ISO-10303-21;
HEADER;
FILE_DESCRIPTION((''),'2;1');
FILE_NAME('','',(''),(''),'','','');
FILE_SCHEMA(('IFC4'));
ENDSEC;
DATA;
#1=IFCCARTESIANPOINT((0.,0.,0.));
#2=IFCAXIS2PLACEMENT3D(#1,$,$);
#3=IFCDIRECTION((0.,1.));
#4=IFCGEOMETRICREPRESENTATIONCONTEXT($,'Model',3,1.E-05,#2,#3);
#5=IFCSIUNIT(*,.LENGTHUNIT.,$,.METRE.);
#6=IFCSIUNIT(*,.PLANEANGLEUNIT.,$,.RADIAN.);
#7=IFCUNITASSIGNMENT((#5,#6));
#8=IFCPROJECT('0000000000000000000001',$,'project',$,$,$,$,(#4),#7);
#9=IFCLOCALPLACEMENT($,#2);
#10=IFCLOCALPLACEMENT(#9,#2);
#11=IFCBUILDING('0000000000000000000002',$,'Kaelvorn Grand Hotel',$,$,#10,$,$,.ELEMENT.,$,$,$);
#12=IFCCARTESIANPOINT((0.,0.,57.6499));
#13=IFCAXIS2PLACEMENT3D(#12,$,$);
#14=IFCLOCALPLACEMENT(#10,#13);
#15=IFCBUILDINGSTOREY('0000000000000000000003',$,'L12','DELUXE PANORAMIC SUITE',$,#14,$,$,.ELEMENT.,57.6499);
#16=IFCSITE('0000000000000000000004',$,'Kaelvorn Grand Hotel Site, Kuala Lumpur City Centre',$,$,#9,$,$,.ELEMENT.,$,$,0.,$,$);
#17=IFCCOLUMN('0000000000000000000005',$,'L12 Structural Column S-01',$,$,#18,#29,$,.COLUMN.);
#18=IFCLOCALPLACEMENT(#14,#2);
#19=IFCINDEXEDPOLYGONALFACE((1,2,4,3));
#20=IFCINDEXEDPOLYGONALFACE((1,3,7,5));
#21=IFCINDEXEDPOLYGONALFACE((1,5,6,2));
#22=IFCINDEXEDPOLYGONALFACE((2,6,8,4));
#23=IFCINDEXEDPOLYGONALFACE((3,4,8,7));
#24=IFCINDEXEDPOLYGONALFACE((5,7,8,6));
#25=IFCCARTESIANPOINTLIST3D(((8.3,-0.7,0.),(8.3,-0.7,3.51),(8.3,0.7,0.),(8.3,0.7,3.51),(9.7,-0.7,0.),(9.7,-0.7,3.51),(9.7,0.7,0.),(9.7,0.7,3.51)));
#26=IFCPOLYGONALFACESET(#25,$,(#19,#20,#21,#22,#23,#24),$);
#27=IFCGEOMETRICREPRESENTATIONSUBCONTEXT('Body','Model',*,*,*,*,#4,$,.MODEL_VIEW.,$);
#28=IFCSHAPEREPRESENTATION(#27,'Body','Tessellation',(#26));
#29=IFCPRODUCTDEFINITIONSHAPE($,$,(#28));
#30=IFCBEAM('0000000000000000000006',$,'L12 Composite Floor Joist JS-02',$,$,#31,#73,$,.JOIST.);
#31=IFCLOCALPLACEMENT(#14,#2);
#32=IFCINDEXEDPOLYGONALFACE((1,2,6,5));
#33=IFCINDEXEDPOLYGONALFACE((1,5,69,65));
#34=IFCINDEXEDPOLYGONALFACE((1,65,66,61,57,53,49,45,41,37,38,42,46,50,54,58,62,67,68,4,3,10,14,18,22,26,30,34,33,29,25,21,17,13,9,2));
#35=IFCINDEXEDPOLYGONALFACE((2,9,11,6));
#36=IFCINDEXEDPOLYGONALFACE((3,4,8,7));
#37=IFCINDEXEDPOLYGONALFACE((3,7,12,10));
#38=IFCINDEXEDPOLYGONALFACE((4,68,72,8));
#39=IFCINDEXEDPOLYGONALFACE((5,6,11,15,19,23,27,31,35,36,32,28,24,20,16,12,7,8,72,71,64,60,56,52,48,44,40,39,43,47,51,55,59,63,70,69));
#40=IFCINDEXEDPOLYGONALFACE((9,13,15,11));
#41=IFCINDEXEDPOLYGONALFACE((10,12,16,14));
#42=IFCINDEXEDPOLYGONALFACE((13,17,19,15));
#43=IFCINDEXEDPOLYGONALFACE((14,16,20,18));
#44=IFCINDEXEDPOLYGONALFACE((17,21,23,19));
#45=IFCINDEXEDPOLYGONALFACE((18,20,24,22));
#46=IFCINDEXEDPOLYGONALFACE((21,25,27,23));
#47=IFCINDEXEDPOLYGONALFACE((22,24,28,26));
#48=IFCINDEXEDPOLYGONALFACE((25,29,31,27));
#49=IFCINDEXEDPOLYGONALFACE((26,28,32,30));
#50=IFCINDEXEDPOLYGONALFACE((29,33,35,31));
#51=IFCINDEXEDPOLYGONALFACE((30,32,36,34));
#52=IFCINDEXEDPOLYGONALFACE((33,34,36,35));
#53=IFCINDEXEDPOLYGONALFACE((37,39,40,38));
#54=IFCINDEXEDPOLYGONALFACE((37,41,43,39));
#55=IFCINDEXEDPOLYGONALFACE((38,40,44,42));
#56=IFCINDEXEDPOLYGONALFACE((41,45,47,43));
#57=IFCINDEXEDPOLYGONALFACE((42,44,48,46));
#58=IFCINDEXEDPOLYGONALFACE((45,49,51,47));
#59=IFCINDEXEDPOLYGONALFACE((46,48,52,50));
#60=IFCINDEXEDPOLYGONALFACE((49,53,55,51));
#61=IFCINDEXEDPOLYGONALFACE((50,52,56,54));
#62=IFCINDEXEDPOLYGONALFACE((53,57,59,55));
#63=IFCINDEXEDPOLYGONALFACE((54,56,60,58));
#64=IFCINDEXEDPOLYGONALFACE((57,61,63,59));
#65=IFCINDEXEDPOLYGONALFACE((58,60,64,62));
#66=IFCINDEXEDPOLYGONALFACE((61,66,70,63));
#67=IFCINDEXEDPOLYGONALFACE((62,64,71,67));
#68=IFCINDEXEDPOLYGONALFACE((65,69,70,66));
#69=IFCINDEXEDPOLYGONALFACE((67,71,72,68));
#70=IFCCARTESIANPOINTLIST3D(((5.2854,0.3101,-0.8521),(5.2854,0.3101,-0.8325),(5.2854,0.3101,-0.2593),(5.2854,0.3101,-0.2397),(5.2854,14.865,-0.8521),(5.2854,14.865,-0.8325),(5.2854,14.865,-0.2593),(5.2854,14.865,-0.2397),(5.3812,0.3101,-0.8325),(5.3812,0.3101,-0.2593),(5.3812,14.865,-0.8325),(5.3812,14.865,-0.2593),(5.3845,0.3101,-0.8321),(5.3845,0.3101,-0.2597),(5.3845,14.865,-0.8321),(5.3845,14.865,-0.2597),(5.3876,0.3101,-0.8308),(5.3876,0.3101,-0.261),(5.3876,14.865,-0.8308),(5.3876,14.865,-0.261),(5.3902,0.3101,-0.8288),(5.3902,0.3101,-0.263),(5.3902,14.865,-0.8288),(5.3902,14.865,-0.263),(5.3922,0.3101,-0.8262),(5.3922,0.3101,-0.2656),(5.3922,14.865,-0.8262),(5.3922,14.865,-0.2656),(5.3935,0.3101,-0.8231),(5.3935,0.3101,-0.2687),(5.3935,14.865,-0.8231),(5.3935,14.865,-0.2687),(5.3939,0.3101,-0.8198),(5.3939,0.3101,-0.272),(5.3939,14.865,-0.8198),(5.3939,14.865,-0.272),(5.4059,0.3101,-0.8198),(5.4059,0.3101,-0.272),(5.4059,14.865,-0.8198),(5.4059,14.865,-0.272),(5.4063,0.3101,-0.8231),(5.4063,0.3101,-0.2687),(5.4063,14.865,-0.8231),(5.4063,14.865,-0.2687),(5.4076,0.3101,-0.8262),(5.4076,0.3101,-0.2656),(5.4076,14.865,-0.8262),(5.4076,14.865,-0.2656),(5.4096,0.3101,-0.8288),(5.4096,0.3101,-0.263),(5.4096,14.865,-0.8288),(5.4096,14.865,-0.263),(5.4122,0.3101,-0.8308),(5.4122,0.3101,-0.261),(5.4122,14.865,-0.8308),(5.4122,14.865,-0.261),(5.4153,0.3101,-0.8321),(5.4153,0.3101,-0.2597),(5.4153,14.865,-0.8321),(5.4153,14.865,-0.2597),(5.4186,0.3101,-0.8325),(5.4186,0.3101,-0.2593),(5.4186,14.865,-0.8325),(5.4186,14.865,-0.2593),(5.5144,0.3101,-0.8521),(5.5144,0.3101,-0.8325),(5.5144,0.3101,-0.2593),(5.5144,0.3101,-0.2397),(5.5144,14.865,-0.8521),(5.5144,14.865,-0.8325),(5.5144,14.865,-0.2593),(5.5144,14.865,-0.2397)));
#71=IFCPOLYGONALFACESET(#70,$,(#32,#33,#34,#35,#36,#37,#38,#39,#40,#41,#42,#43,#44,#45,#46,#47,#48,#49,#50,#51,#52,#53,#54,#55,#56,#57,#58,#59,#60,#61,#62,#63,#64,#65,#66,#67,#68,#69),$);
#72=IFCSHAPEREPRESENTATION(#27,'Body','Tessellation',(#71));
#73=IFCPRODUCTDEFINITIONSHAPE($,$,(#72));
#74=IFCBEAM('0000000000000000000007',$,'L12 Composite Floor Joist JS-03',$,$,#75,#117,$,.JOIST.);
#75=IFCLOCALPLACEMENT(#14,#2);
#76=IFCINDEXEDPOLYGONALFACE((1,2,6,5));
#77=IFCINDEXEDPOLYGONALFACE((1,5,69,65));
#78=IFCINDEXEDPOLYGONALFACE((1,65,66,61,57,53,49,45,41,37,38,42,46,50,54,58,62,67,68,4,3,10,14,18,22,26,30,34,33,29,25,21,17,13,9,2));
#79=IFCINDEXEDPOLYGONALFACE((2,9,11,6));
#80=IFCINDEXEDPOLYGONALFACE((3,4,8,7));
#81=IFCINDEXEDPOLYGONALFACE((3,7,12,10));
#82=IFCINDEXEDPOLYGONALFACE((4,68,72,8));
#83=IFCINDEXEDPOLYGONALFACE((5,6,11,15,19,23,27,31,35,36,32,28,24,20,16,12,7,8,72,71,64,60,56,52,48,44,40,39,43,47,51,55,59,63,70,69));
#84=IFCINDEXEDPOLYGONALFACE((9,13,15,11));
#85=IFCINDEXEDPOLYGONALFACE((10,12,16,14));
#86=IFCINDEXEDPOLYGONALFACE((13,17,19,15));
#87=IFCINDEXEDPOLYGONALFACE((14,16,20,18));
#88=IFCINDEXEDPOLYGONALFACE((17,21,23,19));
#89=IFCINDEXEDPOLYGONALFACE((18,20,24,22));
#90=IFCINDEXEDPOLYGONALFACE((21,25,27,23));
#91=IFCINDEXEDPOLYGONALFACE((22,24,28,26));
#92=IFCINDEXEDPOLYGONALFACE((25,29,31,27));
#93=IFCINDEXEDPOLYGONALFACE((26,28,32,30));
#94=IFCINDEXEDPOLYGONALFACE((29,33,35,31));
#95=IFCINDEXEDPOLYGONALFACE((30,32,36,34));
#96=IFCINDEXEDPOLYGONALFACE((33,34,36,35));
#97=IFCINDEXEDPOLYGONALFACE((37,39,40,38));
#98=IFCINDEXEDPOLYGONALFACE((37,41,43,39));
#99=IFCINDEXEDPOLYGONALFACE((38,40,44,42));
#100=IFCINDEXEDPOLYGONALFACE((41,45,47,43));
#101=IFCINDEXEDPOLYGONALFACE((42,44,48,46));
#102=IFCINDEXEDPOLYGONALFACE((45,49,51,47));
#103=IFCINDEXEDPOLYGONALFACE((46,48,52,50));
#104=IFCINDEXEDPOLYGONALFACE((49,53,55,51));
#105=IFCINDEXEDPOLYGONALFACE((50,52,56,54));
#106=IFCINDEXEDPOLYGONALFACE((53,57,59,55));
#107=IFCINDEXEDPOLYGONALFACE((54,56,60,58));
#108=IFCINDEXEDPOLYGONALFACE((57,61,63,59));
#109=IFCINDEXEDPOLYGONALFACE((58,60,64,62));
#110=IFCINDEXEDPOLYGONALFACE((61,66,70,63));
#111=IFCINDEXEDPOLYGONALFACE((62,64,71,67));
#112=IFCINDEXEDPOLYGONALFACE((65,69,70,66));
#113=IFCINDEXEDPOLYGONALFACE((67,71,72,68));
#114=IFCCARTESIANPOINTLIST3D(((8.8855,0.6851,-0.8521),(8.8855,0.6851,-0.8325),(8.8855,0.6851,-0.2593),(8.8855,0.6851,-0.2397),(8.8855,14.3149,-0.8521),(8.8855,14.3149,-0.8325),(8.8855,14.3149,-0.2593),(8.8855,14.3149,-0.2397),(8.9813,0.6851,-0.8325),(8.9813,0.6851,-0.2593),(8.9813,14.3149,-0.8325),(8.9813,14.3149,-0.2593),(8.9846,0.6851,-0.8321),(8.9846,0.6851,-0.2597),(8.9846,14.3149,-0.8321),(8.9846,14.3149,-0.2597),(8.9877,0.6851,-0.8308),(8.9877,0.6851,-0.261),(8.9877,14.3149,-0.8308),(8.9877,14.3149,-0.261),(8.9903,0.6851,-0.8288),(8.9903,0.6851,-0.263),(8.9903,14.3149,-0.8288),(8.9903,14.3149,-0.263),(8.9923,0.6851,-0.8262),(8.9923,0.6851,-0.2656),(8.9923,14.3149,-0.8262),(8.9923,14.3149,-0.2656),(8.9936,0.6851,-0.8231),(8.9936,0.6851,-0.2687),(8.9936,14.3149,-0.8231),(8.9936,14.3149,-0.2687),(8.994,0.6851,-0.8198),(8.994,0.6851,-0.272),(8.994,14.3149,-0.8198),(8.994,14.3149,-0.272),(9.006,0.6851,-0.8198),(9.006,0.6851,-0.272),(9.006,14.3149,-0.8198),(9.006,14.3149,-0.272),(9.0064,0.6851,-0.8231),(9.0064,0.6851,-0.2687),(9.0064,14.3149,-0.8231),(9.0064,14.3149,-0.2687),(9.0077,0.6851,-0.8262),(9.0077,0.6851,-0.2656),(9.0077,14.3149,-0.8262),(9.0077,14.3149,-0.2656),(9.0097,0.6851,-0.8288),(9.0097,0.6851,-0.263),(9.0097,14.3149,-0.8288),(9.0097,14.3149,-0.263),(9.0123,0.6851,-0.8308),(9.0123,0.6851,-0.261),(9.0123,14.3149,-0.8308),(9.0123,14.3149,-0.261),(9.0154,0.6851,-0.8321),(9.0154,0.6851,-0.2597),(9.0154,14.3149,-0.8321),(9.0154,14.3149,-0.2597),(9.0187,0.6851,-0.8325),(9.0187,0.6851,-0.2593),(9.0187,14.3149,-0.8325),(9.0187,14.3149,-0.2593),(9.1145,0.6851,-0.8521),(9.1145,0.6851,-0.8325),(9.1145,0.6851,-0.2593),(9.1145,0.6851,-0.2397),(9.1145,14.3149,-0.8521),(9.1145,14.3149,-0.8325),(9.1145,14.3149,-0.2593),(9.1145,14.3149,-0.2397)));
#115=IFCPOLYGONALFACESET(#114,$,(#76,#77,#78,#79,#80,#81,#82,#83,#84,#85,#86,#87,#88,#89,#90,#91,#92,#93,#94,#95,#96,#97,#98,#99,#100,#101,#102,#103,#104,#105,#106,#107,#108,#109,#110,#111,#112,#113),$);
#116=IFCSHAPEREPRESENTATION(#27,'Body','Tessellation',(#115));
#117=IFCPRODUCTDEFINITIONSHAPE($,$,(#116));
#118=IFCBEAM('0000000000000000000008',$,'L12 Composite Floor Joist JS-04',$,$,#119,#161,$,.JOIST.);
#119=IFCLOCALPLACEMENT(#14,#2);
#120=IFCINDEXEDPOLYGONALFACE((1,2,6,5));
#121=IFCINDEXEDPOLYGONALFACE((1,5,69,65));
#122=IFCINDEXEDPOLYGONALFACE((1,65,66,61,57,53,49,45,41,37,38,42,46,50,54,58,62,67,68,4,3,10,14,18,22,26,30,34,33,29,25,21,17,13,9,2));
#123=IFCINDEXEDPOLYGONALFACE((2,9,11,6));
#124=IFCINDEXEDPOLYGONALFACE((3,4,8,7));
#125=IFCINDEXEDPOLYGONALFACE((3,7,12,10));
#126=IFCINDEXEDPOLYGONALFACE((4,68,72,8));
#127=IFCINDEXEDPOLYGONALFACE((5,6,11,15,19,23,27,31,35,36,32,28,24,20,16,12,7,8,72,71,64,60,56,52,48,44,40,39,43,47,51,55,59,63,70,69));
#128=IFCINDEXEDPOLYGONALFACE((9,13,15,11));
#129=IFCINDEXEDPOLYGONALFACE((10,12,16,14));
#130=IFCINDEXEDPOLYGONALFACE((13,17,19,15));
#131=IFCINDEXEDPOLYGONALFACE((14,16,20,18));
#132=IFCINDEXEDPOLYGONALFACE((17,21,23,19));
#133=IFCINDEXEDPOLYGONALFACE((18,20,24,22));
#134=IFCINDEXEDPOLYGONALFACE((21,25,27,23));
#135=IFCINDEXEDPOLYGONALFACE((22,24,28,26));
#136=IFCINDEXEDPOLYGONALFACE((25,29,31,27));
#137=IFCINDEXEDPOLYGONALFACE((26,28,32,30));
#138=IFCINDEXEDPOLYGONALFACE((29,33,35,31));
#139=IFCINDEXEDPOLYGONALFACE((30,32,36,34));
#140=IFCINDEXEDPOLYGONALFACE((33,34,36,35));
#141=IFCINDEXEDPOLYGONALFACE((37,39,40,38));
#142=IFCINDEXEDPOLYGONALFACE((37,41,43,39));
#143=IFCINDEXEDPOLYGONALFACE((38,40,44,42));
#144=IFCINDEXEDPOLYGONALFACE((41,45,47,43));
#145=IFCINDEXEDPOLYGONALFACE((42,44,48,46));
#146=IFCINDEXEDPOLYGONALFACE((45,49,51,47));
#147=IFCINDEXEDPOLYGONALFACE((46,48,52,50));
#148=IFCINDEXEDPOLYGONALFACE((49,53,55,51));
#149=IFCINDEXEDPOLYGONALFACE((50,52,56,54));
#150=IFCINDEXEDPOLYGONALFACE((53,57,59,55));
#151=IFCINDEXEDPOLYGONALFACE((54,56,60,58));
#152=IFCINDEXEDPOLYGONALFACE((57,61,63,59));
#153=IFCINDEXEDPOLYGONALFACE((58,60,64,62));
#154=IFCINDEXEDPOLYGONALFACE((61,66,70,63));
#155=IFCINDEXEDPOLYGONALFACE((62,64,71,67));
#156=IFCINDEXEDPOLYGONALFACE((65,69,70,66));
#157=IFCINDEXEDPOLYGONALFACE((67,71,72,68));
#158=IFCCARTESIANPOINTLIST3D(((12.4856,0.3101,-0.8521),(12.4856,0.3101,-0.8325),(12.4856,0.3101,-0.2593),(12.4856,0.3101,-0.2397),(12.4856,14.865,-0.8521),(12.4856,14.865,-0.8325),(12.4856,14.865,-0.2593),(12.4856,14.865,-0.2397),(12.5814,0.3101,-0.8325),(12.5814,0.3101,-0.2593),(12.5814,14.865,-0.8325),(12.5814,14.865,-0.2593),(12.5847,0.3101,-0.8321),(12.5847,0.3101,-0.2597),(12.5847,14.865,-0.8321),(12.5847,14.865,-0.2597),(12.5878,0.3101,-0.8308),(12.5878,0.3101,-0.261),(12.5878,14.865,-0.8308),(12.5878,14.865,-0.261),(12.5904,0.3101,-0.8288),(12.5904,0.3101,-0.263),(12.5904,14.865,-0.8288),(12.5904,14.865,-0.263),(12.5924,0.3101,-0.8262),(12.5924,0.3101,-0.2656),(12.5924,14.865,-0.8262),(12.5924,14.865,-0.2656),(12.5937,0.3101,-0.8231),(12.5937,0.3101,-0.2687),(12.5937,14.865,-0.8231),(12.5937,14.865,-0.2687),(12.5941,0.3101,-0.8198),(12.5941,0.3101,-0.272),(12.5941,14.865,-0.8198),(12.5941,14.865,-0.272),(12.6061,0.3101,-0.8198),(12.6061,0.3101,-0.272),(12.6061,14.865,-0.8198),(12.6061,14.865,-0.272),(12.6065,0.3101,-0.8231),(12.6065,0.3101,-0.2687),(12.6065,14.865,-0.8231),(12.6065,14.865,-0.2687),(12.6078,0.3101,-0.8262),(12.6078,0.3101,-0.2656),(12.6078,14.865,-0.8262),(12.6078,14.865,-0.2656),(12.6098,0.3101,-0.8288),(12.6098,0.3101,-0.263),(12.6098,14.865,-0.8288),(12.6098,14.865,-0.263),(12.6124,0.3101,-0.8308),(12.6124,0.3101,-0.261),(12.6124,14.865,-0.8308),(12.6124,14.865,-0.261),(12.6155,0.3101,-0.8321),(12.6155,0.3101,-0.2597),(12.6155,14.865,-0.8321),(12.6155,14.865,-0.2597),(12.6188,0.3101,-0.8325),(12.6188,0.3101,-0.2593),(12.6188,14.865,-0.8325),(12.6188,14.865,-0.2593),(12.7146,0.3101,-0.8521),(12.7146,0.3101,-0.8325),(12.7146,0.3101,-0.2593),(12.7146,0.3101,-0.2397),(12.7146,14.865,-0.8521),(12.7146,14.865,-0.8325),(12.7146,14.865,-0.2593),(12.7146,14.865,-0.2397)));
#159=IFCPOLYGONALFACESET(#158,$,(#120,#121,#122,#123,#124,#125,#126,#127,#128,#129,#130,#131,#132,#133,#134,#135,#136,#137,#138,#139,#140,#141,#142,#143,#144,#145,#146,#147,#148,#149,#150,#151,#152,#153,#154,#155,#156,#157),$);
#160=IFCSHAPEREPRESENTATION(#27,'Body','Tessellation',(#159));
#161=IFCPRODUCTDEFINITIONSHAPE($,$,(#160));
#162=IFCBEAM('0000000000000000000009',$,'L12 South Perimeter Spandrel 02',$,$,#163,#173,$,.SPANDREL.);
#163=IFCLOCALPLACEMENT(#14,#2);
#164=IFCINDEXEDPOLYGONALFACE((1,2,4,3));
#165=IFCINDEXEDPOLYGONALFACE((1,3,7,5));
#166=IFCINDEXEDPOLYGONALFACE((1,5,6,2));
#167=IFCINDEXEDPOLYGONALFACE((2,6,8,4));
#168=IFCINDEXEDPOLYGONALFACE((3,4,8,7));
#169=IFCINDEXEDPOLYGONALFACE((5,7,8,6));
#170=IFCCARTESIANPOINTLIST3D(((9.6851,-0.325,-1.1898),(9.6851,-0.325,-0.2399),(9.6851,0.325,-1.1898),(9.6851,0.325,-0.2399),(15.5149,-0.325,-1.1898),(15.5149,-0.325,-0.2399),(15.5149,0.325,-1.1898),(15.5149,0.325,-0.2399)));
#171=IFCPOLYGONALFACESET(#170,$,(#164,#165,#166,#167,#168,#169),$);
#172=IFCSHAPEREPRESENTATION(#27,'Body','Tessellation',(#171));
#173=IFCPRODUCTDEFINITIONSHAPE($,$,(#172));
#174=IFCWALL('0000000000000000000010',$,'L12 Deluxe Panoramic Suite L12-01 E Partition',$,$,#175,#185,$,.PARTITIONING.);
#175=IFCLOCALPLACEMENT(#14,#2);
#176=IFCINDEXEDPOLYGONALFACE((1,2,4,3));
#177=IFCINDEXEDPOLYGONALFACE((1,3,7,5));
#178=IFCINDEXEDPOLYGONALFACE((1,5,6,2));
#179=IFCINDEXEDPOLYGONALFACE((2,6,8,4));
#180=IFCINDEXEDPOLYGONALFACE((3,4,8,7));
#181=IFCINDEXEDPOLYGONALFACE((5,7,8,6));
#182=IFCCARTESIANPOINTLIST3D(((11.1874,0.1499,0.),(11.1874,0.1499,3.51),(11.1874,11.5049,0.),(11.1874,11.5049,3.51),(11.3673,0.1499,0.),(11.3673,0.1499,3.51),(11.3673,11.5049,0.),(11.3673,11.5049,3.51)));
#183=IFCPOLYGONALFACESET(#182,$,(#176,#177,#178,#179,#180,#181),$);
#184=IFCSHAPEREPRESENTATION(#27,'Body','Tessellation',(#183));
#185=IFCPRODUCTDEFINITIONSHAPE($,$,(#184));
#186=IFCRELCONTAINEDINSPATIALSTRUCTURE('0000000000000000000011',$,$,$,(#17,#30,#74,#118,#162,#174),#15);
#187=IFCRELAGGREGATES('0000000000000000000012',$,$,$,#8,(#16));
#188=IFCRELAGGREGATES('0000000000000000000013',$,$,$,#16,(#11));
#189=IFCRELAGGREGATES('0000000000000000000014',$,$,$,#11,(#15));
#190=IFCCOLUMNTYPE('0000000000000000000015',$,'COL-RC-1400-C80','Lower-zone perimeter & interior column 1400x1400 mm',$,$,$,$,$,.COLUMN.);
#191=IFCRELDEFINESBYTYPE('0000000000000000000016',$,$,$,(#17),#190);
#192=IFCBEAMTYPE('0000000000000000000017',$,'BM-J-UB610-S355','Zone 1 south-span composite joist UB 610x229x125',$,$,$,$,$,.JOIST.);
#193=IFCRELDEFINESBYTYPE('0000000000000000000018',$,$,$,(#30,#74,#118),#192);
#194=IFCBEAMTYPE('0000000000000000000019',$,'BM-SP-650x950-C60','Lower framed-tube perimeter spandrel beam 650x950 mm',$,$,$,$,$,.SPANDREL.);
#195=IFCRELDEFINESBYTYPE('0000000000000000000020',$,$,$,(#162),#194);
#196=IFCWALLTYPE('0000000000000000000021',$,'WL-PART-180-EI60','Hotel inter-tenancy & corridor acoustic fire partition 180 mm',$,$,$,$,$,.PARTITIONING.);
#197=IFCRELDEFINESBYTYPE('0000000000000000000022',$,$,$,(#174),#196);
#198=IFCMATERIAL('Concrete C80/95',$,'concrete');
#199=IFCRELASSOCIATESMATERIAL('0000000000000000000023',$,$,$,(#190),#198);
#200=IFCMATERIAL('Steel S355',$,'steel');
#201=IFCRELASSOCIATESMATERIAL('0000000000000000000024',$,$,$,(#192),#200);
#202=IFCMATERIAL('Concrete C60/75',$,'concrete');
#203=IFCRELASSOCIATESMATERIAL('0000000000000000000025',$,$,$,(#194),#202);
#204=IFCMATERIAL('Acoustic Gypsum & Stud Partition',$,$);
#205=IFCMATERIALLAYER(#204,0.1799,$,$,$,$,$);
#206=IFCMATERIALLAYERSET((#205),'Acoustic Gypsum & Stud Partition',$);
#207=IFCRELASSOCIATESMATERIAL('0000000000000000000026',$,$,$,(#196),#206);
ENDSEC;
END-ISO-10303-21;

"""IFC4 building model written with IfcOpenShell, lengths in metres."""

from ifc_helpers import new_model, si_unit, direction, frame, frame_2d, origin, origin_2d, place, context, subcontext, project, spatial, rectangle, i_section, extrude, material, layer, layer_set, material_profile, profile_set, type_object, element, save


model = new_model("IFC4")

# Units and contexts
model_context = context("Model", 3, precision=1e-05, world=origin(), true_north=direction((0.0, 1.0)))
body_context = subcontext(model_context, "Body", "Model", "MODEL_VIEW")
ifc_project = project(units=[si_unit("LENGTHUNIT", "METRE"), si_unit("PLANEANGLEUNIT", "RADIAN")], contexts=[model_context])

# Site, building, storey
site_placement = place(None, origin())
site = spatial("IfcSite", under=ifc_project, at=site_placement, Name="Kaelvorn Grand Hotel Site, Kuala Lumpur City Centre", CompositionType="ELEMENT", RefElevation=0.0)
building_placement = place(site_placement, origin())
building = spatial("IfcBuilding", under=site, at=building_placement, Name="Kaelvorn Grand Hotel", CompositionType="ELEMENT")
storey_placement = place(building_placement, frame((0.0, 0.0, 57.6499)))
storey = spatial("IfcBuildingStorey", under=building, at=storey_placement, Name="L12", Description="DELUXE PANORAMIC SUITE", CompositionType="ELEMENT", Elevation=57.6499)

# Column
ifc_material_1 = material(Name="Concrete C80/95", Category="concrete")
ifc_material_profile_1 = material_profile(ifc_material_1, rectangle(XDim=1.3999, YDim=1.3999, at=origin_2d()), Name="RC COL 1400x1400")
ifc_profile_set_1 = profile_set([ifc_material_profile_1], Name="Concrete C80/95")
column_type = type_object("IfcColumnType", Name="COL-RC-1400-C80", Description="Lower-zone perimeter & interior column 1400x1400 mm", PredefinedType="COLUMN", material=ifc_profile_set_1)
column_placement = place(storey_placement, frame((9.0, 0.0, 0.0), z_axis=(0.0, 0.0, 1.0), x_axis=(1.0, 0.0, 0.0)))
element("IfcColumn", 1, at=column_placement, inside=storey, type_object=column_type, Name="L12 Structural Column S-01", PredefinedType="COLUMN", context=body_context, shape_type="SweptSolid", body=[
    extrude(rectangle(XDim=1.3999, YDim=1.3999, at=origin_2d()), origin(), (0.0, 0.0, 1.0), 3.51),
])

# Beams
ifc_material_2 = material(Name="Steel S355", Category="steel")
ifc_material_profile_2 = material_profile(ifc_material_2, i_section(OverallWidth=0.229, OverallDepth=0.6123, WebThickness=0.012, FlangeThickness=0.0195, FilletRadius=0.0127, at=origin_2d()), Name="UB 610x229x125")
ifc_profile_set_2 = profile_set([ifc_material_profile_2], Name="Steel S355")
beam_type_1 = type_object("IfcBeamType", Name="BM-J-UB610-S355", Description="Zone 1 south-span composite joist UB 610x229x125", PredefinedType="JOIST", material=ifc_profile_set_2)
beam_1_placement = place(storey_placement, frame((5.3999, 0.3101, -0.5459), z_axis=(0.0, 1.0, 0.0), x_axis=(-1.0, 0.0, 0.0)))
element("IfcBeam", 2, at=beam_1_placement, inside=storey, type_object=beam_type_1, Name="L12 Composite Floor Joist JS-02", PredefinedType="JOIST", context=body_context, shape_type="SweptSolid", body=[
    extrude(i_section(OverallWidth=0.229, OverallDepth=0.6123, WebThickness=0.012, FlangeThickness=0.0195, FilletRadius=0.0127, at=origin_2d()), origin(), (0.0, 0.0, 1.0), 14.5549),
])
beam_2_placement = place(storey_placement, frame((9.0, 0.6851, -0.5459), z_axis=(0.0, 1.0, 0.0), x_axis=(-1.0, 0.0, 0.0)))
element("IfcBeam", 3, at=beam_2_placement, inside=storey, type_object=beam_type_1, Name="L12 Composite Floor Joist JS-03", PredefinedType="JOIST", context=body_context, shape_type="SweptSolid", body=[
    extrude(i_section(OverallWidth=0.229, OverallDepth=0.6123, WebThickness=0.012, FlangeThickness=0.0195, FilletRadius=0.0127, at=origin_2d()), origin(), (0.0, 0.0, 1.0), 13.6299),
])
beam_3_placement = place(storey_placement, frame((12.6001, 0.3101, -0.5459), z_axis=(0.0, 1.0, 0.0), x_axis=(-1.0, 0.0, 0.0)))
element("IfcBeam", 4, at=beam_3_placement, inside=storey, type_object=beam_type_1, Name="L12 Composite Floor Joist JS-04", PredefinedType="JOIST", context=body_context, shape_type="SweptSolid", body=[
    extrude(i_section(OverallWidth=0.229, OverallDepth=0.6123, WebThickness=0.012, FlangeThickness=0.0195, FilletRadius=0.0127, at=origin_2d()), origin(), (0.0, 0.0, 1.0), 14.5549),
])
ifc_material_3 = material(Name="Concrete C60/75", Category="concrete")
ifc_material_profile_3 = material_profile(ifc_material_3, rectangle(XDim=0.6499, YDim=0.95, at=origin_2d()), Name="RC SPANDREL 650x950")
ifc_profile_set_3 = profile_set([ifc_material_profile_3], Name="Concrete C60/75")
beam_type_2 = type_object("IfcBeamType", Name="BM-SP-650x950-C60", Description="Lower framed-tube perimeter spandrel beam 650x950 mm", PredefinedType="SPANDREL", material=ifc_profile_set_3)
beam_4_placement = place(storey_placement, frame((9.6851, 0.0, -0.7148), z_axis=(1.0, 0.0, 0.0), x_axis=(0.0, 1.0, 0.0)))
element("IfcBeam", 5, at=beam_4_placement, inside=storey, type_object=beam_type_2, Name="L12 South Perimeter Spandrel 02", PredefinedType="SPANDREL", context=body_context, shape_type="SweptSolid", body=[
    extrude(rectangle(XDim=0.6499, YDim=0.95, at=origin_2d()), origin(), (0.0, 0.0, 1.0), 5.8298),
])

# Wall
ifc_material_4 = material(Name="Acoustic Gypsum & Stud Partition")
ifc_layer_1 = layer(ifc_material_4, 0.1799)
ifc_layer_set_1 = layer_set([ifc_layer_1], Name="Acoustic Gypsum & Stud Partition")
wall_type = type_object("IfcWallType", Name="WL-PART-180-EI60", Description="Hotel inter-tenancy & corridor acoustic fire partition 180 mm", PredefinedType="PARTITIONING", material=ifc_layer_set_1)
wall_placement = place(storey_placement, frame((11.2773, 0.1499, 0.0), z_axis=(0.0, 0.0, 1.0), x_axis=(0.0, 1.0, 0.0)))
element("IfcWall", 6, at=wall_placement, inside=storey, type_object=wall_type, Name="L12 Deluxe Panoramic Suite L12-01 E Partition", PredefinedType="PARTITIONING", context=body_context, shape_type="SweptSolid", body=[
    extrude(rectangle(XDim=11.355, YDim=0.1799, at=frame_2d((5.6775, 0.0))), origin(), (0.0, 0.0, 1.0), 3.51),
])

save(model, "model.ifc")
